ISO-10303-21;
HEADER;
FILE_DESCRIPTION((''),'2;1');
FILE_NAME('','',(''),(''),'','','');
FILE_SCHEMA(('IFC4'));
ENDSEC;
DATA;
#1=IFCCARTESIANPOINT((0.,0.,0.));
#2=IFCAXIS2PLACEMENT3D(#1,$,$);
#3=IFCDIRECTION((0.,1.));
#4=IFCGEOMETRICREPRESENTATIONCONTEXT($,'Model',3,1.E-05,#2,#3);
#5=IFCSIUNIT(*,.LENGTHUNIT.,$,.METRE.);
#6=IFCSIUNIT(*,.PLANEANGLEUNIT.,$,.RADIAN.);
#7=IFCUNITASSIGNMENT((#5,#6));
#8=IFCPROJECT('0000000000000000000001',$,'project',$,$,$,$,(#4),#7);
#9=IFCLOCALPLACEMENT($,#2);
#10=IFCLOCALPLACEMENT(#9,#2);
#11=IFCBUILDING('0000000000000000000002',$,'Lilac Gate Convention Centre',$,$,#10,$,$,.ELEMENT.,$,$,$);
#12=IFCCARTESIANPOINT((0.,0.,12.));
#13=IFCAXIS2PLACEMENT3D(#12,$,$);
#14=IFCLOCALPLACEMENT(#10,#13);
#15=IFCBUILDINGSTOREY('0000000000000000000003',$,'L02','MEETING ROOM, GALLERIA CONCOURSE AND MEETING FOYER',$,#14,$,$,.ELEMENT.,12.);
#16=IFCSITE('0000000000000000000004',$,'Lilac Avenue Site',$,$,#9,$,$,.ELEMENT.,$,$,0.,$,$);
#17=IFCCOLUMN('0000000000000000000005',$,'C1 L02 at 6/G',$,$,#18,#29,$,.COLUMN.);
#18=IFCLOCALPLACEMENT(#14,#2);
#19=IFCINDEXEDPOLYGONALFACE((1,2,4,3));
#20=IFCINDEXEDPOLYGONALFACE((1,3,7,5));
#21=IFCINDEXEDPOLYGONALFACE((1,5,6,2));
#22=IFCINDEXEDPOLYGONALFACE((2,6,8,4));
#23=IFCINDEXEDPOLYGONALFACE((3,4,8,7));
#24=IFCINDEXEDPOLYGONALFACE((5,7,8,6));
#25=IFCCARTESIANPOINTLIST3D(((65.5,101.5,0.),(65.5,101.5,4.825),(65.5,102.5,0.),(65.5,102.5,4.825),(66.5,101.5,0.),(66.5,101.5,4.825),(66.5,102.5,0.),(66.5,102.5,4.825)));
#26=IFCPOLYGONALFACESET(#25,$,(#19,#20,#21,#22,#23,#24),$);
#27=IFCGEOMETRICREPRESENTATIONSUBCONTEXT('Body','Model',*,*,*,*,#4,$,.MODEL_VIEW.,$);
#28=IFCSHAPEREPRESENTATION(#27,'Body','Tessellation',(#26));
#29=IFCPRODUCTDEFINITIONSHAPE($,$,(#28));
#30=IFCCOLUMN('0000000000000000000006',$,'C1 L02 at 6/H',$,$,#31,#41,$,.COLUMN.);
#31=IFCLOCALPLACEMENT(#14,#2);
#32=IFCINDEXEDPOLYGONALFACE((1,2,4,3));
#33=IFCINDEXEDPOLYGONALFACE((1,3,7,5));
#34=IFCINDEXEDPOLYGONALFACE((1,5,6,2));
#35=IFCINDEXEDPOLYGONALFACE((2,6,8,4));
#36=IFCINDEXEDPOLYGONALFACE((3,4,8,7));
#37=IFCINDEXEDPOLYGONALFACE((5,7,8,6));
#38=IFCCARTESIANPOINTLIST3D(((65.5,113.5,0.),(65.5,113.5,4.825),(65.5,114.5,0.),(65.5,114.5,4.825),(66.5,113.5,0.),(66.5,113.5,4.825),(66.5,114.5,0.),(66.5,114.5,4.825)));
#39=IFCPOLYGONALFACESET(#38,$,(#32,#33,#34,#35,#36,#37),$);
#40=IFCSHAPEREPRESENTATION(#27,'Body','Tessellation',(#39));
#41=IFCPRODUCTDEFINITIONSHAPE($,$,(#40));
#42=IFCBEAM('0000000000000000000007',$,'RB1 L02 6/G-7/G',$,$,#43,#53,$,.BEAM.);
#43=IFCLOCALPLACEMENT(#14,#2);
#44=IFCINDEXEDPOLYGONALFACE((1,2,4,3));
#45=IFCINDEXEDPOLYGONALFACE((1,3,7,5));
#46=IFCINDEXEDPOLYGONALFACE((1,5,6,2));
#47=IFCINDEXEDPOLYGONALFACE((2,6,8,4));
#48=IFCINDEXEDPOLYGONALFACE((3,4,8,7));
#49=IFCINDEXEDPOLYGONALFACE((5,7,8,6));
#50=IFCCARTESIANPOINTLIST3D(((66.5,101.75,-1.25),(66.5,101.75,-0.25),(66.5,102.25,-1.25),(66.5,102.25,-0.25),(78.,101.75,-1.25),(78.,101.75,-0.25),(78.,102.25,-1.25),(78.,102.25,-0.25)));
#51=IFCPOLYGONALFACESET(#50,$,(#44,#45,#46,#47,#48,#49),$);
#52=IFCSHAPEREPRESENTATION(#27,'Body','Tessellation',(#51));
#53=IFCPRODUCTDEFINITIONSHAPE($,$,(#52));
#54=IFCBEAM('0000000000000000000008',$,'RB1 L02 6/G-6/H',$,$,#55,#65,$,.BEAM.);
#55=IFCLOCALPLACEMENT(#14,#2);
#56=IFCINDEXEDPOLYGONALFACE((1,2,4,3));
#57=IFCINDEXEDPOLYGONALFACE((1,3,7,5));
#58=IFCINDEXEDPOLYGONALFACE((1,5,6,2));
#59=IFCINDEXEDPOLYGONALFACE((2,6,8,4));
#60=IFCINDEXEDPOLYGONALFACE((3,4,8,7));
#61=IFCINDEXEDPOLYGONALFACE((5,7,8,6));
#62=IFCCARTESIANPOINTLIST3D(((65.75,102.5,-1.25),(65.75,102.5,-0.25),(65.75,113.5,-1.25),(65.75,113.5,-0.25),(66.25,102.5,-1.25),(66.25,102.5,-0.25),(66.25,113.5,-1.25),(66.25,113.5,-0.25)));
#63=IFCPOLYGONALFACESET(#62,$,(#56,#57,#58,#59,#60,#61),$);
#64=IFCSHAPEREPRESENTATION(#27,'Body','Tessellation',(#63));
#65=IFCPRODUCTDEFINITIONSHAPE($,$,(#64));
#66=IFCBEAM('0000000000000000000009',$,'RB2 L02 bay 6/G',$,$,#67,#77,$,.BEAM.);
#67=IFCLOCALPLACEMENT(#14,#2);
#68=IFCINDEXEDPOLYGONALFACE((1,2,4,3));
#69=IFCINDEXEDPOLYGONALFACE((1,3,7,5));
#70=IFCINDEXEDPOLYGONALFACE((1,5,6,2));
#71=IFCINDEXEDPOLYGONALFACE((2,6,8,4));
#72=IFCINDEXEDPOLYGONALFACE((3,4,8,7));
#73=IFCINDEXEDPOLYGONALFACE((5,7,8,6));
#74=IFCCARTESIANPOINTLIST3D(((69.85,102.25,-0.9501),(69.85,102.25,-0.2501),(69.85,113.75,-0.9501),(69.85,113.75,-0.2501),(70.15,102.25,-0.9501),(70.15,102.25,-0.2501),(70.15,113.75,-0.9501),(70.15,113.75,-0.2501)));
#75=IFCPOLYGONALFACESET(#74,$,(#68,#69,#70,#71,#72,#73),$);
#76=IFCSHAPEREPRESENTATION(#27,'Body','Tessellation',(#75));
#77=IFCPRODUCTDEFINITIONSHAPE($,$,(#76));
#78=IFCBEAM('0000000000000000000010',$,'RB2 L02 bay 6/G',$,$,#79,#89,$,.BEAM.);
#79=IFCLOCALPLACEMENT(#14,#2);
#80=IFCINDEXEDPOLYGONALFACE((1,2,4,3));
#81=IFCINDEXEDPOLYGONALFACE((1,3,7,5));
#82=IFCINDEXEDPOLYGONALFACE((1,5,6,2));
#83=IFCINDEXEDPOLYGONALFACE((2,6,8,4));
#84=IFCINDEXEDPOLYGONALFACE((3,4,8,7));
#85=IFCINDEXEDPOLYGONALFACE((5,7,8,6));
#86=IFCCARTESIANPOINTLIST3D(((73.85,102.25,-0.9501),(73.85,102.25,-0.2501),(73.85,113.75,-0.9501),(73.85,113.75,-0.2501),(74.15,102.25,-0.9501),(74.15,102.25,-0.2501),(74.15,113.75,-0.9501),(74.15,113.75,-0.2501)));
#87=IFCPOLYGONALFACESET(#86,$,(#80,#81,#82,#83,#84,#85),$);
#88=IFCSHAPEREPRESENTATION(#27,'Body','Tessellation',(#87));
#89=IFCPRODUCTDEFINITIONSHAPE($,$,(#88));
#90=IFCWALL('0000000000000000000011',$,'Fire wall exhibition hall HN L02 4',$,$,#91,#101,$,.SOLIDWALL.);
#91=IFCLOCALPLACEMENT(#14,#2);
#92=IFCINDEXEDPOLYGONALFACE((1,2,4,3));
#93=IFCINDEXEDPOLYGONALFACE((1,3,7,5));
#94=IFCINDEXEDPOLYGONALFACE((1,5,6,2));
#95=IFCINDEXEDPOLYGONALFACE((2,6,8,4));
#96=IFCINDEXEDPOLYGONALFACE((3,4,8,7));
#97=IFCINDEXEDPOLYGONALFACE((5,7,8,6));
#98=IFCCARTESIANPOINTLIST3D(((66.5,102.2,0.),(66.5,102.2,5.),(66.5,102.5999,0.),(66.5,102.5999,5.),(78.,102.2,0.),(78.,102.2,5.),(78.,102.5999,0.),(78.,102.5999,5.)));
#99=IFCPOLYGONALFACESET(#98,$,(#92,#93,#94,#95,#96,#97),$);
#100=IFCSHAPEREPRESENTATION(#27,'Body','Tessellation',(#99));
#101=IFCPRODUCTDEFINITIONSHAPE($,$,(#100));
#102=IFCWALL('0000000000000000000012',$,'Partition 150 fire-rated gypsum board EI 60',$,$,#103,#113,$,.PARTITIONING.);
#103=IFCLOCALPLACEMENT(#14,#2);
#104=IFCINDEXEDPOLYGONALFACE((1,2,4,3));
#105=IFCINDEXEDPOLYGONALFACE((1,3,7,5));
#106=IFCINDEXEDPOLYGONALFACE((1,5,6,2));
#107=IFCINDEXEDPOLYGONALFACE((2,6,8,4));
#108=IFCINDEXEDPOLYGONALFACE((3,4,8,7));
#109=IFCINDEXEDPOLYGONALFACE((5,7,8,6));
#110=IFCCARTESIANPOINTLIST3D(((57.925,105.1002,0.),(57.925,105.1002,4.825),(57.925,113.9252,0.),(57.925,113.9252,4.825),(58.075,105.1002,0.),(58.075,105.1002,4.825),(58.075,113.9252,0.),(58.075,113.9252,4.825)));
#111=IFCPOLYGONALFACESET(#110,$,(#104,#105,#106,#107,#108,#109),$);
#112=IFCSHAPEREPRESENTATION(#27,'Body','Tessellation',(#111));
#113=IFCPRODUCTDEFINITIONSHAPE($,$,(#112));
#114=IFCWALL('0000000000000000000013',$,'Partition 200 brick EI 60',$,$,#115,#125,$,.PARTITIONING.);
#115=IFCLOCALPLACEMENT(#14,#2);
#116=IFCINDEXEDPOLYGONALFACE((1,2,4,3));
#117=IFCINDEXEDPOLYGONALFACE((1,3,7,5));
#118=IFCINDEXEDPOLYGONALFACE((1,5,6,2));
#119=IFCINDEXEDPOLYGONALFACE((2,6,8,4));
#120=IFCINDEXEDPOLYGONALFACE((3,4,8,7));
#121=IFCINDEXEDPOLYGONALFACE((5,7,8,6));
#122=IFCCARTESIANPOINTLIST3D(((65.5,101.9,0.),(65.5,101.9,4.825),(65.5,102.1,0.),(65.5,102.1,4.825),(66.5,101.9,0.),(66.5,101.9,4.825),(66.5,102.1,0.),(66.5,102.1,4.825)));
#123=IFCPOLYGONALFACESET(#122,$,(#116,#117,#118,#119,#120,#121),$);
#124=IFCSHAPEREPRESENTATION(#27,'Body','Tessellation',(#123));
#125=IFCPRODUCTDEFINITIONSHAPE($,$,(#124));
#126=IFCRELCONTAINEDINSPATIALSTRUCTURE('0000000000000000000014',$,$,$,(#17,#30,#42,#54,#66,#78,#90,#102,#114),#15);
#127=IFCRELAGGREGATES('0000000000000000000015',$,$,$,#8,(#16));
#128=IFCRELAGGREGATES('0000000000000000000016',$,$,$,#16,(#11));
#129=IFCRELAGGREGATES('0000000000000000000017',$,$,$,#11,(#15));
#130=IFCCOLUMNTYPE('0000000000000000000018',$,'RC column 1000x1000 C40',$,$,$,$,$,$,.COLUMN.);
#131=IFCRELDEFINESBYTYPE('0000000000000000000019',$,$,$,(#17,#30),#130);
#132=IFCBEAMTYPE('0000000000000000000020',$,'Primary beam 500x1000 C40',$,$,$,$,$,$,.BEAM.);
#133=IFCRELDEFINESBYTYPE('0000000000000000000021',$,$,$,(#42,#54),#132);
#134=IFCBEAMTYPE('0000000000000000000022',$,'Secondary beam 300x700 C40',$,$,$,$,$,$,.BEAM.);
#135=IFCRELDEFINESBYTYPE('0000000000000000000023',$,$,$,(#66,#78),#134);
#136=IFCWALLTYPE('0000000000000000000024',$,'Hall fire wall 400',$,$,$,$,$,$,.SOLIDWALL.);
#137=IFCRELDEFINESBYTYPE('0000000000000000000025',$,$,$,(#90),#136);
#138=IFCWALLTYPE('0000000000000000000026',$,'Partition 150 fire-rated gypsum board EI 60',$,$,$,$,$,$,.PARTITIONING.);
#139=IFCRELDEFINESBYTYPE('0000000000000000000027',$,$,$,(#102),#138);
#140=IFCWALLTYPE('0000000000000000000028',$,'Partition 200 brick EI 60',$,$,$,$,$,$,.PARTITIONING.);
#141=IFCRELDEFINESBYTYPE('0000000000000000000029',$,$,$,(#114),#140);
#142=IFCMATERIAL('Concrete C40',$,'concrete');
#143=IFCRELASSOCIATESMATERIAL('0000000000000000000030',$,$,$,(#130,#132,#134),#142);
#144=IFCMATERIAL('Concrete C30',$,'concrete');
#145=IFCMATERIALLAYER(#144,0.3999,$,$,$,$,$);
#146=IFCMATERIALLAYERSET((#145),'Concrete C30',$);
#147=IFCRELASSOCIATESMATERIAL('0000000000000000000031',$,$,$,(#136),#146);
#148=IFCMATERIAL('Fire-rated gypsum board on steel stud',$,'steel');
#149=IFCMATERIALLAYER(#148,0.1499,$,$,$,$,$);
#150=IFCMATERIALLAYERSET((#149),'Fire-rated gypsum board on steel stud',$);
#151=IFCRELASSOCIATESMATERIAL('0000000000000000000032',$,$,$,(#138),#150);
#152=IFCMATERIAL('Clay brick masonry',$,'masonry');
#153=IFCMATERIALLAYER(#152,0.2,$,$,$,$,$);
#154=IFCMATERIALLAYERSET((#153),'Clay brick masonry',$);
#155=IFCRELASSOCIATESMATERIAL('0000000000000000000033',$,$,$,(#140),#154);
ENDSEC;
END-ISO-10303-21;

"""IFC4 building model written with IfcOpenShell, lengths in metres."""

from ifc_helpers import new_model, si_unit, direction, frame, frame_2d, origin, origin_2d, place, context, subcontext, project, spatial, rectangle, extrude, material, layer, layer_set, material_profile, profile_set, type_object, element, save


model = new_model("IFC4")

# Units and contexts
model_context = context("Model", 3, precision=1e-05, world=origin(), true_north=direction((0.0, 1.0)))
body_context = subcontext(model_context, "Body", "Model", "MODEL_VIEW")
ifc_project = project(units=[si_unit("LENGTHUNIT", "METRE"), si_unit("PLANEANGLEUNIT", "RADIAN")], contexts=[model_context])

# Site, building, storey
site_placement = place(None, origin())
site = spatial("IfcSite", under=ifc_project, at=site_placement, Name="Lilac Avenue Site", CompositionType="ELEMENT", RefElevation=0.0)
building_placement = place(site_placement, origin())
building = spatial("IfcBuilding", under=site, at=building_placement, Name="Lilac Gate Convention Centre", CompositionType="ELEMENT")
storey_placement = place(building_placement, frame((0.0, 0.0, 12.0)))
storey = spatial("IfcBuildingStorey", under=building, at=storey_placement, Name="L02", Description="MEETING ROOM, GALLERIA CONCOURSE AND MEETING FOYER", CompositionType="ELEMENT", Elevation=12.0)

# Columns
ifc_material_1 = material(Name="Concrete C40", Category="concrete")
ifc_material_profile_1 = material_profile(ifc_material_1, rectangle(XDim=1.0, YDim=1.0, at=origin_2d()), Name="RC 1000x1000")
ifc_profile_set_1 = profile_set([ifc_material_profile_1], Name="Concrete C40")
column_type = type_object("IfcColumnType", Name="RC column 1000x1000 C40", PredefinedType="COLUMN", material=ifc_profile_set_1)
for number, where, z_axis, x_axis, name in (
    (1, (66.0, 102.0, 0.0), (0.0, 0.0, 1.0), (1.0, 0.0, 0.0), "C1 L02 at 6/G"),
    (2, (66.0, 114.0, 0.0), (0.0, 0.0, 1.0), (1.0, 0.0, 0.0), "C1 L02 at 6/H"),
):
    element("IfcColumn", number, at=place(storey_placement, frame(where, z_axis=z_axis, x_axis=x_axis)), inside=storey, type_object=column_type, Name=name, PredefinedType="COLUMN", context=body_context, shape_type="SweptSolid", body=[
        extrude(rectangle(XDim=1.0, YDim=1.0, at=origin_2d()), origin(), (0.0, 0.0, 1.0), 4.825),
    ])

# Beams
ifc_material_profile_2 = material_profile(ifc_material_1, rectangle(XDim=0.5, YDim=1.0, at=origin_2d()), Name="RC 500x1000")
ifc_profile_set_2 = profile_set([ifc_material_profile_2], Name="Concrete C40")
beam_type_1 = type_object("IfcBeamType", Name="Primary beam 500x1000 C40", PredefinedType="BEAM", material=ifc_profile_set_2)
beam_1_placement = place(storey_placement, frame((66.5, 102.0, -0.75), z_axis=(1.0, 0.0, 0.0), x_axis=(0.0, 1.0, 0.0)))
element("IfcBeam", 3, at=beam_1_placement, inside=storey, type_object=beam_type_1, Name="RB1 L02 6/G-7/G", PredefinedType="BEAM", context=body_context, shape_type="SweptSolid", body=[
    extrude(rectangle(XDim=0.5, YDim=1.0, at=origin_2d()), origin(), (0.0, 0.0, 1.0), 11.5),
])
beam_2_placement = place(storey_placement, frame((66.0, 102.5, -0.75), z_axis=(0.0, 1.0, 0.0), x_axis=(-1.0, 0.0, 0.0)))
element("IfcBeam", 4, at=beam_2_placement, inside=storey, type_object=beam_type_1, Name="RB1 L02 6/G-6/H", PredefinedType="BEAM", context=body_context, shape_type="SweptSolid", body=[
    extrude(rectangle(XDim=0.5, YDim=1.0, at=origin_2d()), origin(), (0.0, 0.0, 1.0), 11.0),
])
ifc_material_profile_3 = material_profile(ifc_material_1, rectangle(XDim=0.3, YDim=0.7, at=origin_2d()), Name="RC 300x700")
ifc_profile_set_3 = profile_set([ifc_material_profile_3], Name="Concrete C40")
beam_type_2 = type_object("IfcBeamType", Name="Secondary beam 300x700 C40", PredefinedType="BEAM", material=ifc_profile_set_3)
for number, where, z_axis, x_axis, name in (
    (5, (70.0, 102.25, -0.6001), (0.0, 1.0, 0.0), (-1.0, 0.0, 0.0), "RB2 L02 bay 6/G"),
    (6, (74.0, 102.25, -0.6001), (0.0, 1.0, 0.0), (-1.0, 0.0, 0.0), "RB2 L02 bay 6/G"),
):
    element("IfcBeam", number, at=place(storey_placement, frame(where, z_axis=z_axis, x_axis=x_axis)), inside=storey, type_object=beam_type_2, Name=name, PredefinedType="BEAM", context=body_context, shape_type="SweptSolid", body=[
        extrude(rectangle(XDim=0.3, YDim=0.7, at=origin_2d()), origin(), (0.0, 0.0, 1.0), 11.5),
    ])

# Walls
ifc_material_2 = material(Name="Concrete C30", Category="concrete")
ifc_layer_1 = layer(ifc_material_2, 0.3999)
ifc_layer_set_1 = layer_set([ifc_layer_1], Name="Concrete C30")
wall_type_1 = type_object("IfcWallType", Name="Hall fire wall 400", PredefinedType="SOLIDWALL", material=ifc_layer_set_1)
wall_1_placement = place(storey_placement, frame((66.5, 102.3999, 0.0), z_axis=(0.0, 0.0, 1.0), x_axis=(1.0, 0.0, 0.0)))
element("IfcWall", 7, at=wall_1_placement, inside=storey, type_object=wall_type_1, Name="Fire wall exhibition hall HN L02 4", PredefinedType="SOLIDWALL", context=body_context, shape_type="SweptSolid", body=[
    extrude(rectangle(XDim=11.5, YDim=0.3999, at=frame_2d((5.75, 0.0))), origin(), (0.0, 0.0, 1.0), 5.0),
])
ifc_material_3 = material(Name="Fire-rated gypsum board on steel stud", Category="steel")
ifc_layer_2 = layer(ifc_material_3, 0.1499)
ifc_layer_set_2 = layer_set([ifc_layer_2], Name="Fire-rated gypsum board on steel stud")
wall_type_2 = type_object("IfcWallType", Name="Partition 150 fire-rated gypsum board EI 60", PredefinedType="PARTITIONING", material=ifc_layer_set_2)
wall_2_placement = place(storey_placement, frame((58.0, 105.1001, 0.0), z_axis=(0.0, 0.0, 1.0), x_axis=(0.0, 1.0, 0.0)))
element("IfcWall", 8, at=wall_2_placement, inside=storey, type_object=wall_type_2, Name="Partition 150 fire-rated gypsum board EI 60", PredefinedType="PARTITIONING", context=body_context, shape_type="SweptSolid", body=[
    extrude(rectangle(XDim=8.825, YDim=0.1499, at=frame_2d((4.4126, 0.0))), origin(), (0.0, 0.0, 1.0), 4.825),
])
ifc_material_4 = material(Name="Clay brick masonry", Category="masonry")
ifc_layer_3 = layer(ifc_material_4, 0.2)
ifc_layer_set_3 = layer_set([ifc_layer_3], Name="Clay brick masonry")
wall_type_3 = type_object("IfcWallType", Name="Partition 200 brick EI 60", PredefinedType="PARTITIONING", material=ifc_layer_set_3)
wall_3_placement = place(storey_placement, frame((65.5, 102.0, 0.0), z_axis=(0.0, 0.0, 1.0), x_axis=(1.0, 0.0, 0.0)))
element("IfcWall", 9, at=wall_3_placement, inside=storey, type_object=wall_type_3, Name="Partition 200 brick EI 60", PredefinedType="PARTITIONING", context=body_context, shape_type="SweptSolid", body=[
    extrude(rectangle(XDim=1.0, YDim=0.2, at=frame_2d((0.5, 0.0))), origin(), (0.0, 0.0, 1.0), 4.825),
])

save(model, "model.ifc")
